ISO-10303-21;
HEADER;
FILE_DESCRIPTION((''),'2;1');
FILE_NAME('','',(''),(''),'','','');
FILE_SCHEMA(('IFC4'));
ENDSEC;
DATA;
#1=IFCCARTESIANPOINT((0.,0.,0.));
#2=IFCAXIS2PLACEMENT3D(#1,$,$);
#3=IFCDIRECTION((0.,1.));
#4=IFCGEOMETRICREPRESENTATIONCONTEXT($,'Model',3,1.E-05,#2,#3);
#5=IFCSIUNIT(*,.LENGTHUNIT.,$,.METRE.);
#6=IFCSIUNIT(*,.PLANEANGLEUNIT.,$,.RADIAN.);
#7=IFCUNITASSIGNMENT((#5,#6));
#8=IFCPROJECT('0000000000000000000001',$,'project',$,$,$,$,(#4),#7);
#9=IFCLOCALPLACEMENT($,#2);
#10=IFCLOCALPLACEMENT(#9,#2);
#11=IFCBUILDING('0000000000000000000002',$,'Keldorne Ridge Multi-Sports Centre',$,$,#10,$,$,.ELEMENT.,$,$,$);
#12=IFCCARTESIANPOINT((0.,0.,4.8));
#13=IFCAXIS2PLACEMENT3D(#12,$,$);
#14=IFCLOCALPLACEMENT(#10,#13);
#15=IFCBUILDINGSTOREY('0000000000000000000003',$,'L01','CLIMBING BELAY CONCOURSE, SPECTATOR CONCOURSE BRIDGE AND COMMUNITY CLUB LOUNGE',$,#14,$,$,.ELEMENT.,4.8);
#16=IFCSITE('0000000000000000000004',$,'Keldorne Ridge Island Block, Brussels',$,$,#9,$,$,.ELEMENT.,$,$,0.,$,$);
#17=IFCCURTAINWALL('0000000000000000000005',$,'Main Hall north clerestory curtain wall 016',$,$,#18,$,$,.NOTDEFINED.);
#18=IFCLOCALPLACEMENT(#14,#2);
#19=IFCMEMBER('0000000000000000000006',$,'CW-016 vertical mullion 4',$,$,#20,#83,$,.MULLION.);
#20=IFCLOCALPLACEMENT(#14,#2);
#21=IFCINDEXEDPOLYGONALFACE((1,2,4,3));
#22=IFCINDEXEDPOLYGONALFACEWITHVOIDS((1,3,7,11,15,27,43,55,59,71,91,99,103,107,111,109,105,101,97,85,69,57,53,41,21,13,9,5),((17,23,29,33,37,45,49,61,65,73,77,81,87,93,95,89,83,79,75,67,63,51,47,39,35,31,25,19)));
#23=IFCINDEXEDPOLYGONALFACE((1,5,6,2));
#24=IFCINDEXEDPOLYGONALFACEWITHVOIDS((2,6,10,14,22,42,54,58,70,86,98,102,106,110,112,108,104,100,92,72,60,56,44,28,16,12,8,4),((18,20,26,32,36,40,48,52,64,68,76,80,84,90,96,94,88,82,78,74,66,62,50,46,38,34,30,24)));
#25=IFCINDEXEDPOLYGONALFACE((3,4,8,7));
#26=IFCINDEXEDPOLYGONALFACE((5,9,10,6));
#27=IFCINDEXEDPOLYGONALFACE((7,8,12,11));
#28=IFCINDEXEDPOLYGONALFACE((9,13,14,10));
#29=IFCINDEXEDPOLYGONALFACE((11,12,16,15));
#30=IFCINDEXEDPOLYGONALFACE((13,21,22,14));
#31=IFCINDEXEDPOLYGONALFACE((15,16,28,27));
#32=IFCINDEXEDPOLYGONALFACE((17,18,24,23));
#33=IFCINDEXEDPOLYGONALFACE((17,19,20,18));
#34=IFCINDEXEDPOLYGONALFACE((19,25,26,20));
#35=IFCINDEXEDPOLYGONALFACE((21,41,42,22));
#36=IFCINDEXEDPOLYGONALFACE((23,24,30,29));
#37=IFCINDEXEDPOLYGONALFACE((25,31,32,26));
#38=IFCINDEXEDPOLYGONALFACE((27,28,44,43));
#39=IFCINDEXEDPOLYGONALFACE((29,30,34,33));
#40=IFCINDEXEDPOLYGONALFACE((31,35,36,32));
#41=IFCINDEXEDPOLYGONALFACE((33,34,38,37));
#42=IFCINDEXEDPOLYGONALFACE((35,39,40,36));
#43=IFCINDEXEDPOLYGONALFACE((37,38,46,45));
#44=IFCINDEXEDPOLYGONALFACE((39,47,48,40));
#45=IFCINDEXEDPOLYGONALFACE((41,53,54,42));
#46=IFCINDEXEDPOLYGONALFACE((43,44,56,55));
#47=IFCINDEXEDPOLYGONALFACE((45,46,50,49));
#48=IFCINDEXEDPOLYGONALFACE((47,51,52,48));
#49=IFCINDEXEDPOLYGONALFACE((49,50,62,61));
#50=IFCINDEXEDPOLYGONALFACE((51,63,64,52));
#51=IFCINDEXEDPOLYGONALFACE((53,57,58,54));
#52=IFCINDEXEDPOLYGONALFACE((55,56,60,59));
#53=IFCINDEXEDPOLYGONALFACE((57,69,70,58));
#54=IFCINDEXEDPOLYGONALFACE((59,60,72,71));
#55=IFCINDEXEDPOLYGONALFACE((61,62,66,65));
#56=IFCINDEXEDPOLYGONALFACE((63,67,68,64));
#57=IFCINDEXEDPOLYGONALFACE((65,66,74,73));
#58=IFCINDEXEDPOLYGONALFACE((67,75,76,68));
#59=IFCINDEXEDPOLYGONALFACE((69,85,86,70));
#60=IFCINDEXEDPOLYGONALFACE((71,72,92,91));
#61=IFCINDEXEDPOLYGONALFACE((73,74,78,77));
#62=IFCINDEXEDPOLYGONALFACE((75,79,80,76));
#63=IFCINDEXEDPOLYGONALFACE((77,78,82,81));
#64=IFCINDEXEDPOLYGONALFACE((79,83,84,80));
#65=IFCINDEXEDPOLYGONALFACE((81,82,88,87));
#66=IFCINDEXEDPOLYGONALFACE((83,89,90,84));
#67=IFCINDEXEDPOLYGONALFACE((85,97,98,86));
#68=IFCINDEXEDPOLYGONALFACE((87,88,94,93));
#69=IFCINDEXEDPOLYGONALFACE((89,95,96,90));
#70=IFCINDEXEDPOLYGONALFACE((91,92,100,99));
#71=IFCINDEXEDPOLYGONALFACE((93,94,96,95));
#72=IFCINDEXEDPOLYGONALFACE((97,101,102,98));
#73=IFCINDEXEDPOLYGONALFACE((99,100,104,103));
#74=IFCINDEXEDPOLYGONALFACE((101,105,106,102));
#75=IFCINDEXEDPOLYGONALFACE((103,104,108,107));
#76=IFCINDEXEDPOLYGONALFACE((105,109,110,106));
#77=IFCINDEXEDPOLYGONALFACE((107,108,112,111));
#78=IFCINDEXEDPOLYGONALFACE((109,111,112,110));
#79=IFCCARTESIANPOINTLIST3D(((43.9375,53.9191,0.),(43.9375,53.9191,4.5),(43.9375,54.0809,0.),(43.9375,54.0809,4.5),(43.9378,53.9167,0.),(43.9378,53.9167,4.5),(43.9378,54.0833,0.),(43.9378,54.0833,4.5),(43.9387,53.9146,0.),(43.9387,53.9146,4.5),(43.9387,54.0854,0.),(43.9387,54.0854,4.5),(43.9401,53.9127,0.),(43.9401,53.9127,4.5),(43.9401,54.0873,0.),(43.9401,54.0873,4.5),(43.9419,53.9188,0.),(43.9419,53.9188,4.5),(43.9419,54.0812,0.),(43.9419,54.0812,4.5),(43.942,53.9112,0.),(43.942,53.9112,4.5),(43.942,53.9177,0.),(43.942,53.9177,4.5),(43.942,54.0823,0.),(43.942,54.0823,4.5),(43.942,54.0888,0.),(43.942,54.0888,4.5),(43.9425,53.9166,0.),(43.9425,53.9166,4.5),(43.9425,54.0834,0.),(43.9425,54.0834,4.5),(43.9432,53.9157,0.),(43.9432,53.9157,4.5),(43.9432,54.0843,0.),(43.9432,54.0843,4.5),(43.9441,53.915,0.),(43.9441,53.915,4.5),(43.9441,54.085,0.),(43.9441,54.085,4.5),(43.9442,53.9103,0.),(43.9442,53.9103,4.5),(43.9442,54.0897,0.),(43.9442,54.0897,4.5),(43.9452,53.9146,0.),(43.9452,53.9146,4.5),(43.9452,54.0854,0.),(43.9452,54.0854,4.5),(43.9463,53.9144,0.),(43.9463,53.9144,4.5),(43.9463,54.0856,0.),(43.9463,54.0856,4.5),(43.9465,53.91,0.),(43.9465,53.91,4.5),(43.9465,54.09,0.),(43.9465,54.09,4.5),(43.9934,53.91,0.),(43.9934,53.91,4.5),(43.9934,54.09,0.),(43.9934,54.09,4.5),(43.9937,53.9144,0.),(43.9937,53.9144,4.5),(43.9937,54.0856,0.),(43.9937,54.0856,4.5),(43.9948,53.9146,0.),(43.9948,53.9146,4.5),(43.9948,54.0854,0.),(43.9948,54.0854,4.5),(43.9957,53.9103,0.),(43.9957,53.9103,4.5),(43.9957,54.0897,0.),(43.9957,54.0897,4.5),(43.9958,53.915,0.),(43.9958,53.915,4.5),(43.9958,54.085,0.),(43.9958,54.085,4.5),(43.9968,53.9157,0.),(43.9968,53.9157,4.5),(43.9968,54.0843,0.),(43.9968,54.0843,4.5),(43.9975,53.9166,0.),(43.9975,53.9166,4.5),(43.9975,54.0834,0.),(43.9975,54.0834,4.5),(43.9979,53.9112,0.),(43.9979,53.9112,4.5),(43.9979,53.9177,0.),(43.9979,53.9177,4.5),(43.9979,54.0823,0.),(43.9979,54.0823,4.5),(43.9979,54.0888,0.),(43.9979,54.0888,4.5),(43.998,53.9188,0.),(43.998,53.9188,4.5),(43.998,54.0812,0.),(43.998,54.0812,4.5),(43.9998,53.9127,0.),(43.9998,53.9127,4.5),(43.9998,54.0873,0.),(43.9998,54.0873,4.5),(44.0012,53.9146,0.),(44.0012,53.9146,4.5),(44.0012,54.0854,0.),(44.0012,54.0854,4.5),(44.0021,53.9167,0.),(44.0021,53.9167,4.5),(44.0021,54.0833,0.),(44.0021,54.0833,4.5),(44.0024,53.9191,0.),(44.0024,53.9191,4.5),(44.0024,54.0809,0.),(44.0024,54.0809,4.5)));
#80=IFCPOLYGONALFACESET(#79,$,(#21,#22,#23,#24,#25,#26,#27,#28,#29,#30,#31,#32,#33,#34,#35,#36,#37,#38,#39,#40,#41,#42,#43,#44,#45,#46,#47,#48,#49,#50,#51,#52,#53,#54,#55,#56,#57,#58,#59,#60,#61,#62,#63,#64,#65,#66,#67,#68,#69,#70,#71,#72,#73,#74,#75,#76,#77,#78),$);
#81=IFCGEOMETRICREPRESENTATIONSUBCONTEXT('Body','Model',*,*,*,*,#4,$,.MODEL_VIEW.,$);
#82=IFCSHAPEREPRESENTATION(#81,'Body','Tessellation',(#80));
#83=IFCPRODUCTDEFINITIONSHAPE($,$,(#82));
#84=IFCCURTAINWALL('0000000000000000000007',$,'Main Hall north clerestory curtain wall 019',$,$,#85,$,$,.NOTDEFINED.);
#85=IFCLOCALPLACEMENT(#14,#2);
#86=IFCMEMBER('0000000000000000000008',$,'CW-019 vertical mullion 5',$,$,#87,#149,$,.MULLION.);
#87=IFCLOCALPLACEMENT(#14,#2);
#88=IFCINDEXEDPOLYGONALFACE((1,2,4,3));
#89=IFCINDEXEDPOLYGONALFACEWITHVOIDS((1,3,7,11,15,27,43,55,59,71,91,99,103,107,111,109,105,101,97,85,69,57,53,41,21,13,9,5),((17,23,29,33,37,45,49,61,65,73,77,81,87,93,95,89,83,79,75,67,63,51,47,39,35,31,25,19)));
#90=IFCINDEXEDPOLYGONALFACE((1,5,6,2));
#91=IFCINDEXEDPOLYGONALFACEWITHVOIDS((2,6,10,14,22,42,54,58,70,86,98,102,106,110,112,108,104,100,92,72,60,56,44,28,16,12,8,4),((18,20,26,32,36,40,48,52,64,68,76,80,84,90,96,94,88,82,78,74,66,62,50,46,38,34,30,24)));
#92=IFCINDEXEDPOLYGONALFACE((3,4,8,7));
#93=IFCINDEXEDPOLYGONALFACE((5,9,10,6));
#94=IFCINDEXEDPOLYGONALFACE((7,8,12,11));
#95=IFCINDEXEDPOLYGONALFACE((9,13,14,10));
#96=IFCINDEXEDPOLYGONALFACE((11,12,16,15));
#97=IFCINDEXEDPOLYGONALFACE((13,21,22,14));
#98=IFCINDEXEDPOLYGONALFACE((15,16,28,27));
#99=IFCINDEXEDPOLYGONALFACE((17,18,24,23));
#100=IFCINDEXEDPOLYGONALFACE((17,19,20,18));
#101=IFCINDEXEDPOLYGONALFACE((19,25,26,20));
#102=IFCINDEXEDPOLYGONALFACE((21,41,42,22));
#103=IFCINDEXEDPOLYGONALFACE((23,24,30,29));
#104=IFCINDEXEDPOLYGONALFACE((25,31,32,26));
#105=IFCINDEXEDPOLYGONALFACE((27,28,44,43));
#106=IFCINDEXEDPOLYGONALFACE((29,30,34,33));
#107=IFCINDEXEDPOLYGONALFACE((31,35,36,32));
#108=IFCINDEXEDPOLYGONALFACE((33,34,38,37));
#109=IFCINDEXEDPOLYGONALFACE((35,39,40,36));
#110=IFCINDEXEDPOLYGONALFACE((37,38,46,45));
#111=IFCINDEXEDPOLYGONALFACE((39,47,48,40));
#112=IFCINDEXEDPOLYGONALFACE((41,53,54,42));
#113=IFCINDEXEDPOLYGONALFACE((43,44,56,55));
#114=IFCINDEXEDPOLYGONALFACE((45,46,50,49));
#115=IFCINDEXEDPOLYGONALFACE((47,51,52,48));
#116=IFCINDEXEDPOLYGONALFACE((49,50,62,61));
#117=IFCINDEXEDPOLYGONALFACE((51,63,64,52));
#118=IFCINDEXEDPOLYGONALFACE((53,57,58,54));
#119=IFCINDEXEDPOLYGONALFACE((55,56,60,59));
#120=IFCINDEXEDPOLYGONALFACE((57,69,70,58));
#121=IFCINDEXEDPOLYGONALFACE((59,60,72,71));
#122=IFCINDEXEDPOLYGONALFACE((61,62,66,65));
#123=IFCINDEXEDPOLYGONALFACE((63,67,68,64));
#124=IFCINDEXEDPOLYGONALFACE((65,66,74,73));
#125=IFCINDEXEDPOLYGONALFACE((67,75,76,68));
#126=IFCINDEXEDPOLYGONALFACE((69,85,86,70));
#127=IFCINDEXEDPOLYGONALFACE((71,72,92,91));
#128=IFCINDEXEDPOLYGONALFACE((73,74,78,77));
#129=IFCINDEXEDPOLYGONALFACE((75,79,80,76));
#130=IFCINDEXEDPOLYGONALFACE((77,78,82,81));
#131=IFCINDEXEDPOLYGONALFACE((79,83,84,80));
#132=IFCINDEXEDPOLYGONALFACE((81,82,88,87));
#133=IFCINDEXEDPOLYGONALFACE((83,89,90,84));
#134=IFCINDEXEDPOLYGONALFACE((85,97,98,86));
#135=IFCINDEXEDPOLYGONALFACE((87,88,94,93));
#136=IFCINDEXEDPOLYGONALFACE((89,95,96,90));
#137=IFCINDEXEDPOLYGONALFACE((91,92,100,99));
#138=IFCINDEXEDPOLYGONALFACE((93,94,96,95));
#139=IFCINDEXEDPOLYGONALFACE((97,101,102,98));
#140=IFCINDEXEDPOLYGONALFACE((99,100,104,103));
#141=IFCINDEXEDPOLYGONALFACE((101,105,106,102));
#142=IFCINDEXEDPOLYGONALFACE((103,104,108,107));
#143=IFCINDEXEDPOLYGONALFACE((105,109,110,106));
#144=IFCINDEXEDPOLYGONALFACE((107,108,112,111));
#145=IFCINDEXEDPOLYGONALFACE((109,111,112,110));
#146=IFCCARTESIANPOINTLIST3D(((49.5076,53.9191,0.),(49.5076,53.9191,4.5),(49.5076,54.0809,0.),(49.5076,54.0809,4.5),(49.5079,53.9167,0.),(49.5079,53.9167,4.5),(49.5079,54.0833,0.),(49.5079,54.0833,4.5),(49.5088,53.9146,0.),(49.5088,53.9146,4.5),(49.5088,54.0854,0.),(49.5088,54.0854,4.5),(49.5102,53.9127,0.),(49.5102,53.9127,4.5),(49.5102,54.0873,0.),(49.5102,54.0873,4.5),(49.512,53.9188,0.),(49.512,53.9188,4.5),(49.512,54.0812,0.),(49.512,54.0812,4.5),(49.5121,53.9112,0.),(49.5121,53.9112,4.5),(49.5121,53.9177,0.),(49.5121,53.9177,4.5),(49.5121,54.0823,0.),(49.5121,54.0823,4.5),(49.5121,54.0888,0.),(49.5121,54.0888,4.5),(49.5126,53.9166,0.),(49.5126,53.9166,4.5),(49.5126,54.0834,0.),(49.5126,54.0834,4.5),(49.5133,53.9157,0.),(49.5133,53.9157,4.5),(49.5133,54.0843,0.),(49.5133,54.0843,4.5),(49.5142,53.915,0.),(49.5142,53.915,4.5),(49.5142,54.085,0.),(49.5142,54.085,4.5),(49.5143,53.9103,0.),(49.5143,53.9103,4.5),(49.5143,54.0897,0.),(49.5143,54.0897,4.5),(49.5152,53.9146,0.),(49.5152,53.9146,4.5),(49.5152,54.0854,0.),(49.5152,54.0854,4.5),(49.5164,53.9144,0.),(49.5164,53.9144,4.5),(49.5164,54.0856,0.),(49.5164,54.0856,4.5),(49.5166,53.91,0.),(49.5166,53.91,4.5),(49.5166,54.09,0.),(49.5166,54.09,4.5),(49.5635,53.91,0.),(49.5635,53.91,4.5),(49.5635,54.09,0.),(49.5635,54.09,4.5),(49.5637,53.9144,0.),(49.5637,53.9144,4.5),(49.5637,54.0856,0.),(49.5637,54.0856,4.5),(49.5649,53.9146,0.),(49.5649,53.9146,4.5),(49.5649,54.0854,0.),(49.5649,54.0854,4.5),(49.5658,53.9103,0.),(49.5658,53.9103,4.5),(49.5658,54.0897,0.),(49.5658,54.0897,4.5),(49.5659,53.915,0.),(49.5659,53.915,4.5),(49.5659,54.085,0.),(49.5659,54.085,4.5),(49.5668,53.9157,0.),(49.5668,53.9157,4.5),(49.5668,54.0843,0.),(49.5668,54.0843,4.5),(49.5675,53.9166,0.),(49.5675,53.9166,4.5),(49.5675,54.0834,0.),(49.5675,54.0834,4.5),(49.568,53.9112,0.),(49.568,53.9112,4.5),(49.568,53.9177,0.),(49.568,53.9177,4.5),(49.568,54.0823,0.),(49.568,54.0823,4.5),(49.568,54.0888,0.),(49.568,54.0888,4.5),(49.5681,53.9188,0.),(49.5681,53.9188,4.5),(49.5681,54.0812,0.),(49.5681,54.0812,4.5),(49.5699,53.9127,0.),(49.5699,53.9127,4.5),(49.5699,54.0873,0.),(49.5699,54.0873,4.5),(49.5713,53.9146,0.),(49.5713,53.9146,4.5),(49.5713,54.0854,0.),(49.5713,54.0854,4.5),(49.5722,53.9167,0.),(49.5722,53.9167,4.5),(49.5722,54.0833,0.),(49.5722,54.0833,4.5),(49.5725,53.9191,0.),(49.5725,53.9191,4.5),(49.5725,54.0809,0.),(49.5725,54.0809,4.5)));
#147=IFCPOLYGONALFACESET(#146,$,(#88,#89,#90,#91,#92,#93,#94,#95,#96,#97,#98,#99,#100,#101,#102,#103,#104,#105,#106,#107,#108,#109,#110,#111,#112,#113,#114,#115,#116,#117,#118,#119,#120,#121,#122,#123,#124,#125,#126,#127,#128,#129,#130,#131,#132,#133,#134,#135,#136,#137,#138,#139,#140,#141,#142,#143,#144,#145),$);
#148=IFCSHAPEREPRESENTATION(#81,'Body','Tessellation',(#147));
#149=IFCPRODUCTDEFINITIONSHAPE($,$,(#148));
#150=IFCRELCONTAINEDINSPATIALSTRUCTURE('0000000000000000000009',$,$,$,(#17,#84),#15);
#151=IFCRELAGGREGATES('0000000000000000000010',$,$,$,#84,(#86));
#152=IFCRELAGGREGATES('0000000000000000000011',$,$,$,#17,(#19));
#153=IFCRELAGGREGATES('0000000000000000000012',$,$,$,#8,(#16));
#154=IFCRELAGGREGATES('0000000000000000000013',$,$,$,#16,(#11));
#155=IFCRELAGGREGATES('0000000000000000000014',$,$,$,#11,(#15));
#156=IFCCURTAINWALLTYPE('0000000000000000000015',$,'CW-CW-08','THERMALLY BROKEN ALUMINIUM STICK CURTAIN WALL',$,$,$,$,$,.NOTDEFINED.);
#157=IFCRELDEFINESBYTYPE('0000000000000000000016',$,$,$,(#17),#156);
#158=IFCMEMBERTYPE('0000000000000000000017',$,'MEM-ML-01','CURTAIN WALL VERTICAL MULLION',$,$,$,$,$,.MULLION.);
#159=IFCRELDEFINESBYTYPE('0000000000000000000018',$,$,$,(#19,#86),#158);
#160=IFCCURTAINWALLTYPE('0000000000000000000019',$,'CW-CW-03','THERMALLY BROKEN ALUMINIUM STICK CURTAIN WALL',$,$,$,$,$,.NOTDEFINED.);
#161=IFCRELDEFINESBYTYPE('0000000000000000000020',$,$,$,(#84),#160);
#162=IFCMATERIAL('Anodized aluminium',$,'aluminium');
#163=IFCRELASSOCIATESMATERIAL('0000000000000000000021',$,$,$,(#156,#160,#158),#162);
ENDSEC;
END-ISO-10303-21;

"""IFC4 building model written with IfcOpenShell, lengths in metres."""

from ifc_helpers import new_model, si_unit, direction, frame, origin, origin_2d, place, context, subcontext, project, spatial, hollow_rectangle, extrude, material, material_profile, profile_set, type_object, element, aggregate, save


model = new_model("IFC4")

# Units and contexts
model_context = context("Model", 3, precision=1e-05, world=origin(), true_north=direction((0.0, 1.0)))
body_context = subcontext(model_context, "Body", "Model", "MODEL_VIEW")
ifc_project = project(units=[si_unit("LENGTHUNIT", "METRE"), si_unit("PLANEANGLEUNIT", "RADIAN")], contexts=[model_context])

# Site, building, storey
site_placement = place(None, origin())
site = spatial("IfcSite", under=ifc_project, at=site_placement, Name="Keldorne Ridge Island Block, Brussels", CompositionType="ELEMENT", RefElevation=0.0)
building_placement = place(site_placement, origin())
building = spatial("IfcBuilding", under=site, at=building_placement, Name="Keldorne Ridge Multi-Sports Centre", CompositionType="ELEMENT")
storey_placement = place(building_placement, frame((0.0, 0.0, 4.8)))
storey = spatial("IfcBuildingStorey", under=building, at=storey_placement, Name="L01", Description="CLIMBING BELAY CONCOURSE, SPECTATOR CONCOURSE BRIDGE AND COMMUNITY CLUB LOUNGE", CompositionType="ELEMENT", Elevation=4.8)

# Curtain wall, member
ifc_material_1 = material(Name="Anodized aluminium", Category="aluminium")
curtain_wall_type_1 = type_object("IfcCurtainWallType", Name="CW-CW-08", Description="THERMALLY BROKEN ALUMINIUM STICK CURTAIN WALL", PredefinedType="NOTDEFINED", material=ifc_material_1)
curtain_wall_1_placement = place(storey_placement, origin())
curtain_wall_1 = element("IfcCurtainWall", 1, at=curtain_wall_1_placement, inside=storey, type_object=curtain_wall_type_1, Name="Main Hall north clerestory curtain wall 016", PredefinedType="NOTDEFINED")
ifc_material_profile_1 = material_profile(ifc_material_1, hollow_rectangle(XDim=0.0649, YDim=0.1799, WallThickness=0.0044, InnerFilletRadius=0.0044, OuterFilletRadius=0.009, at=origin_2d()), Name="ALU MULLION 180x65x4.5")
ifc_profile_set_1 = profile_set([ifc_material_profile_1], Name="Anodized aluminium")
member_type_1 = type_object("IfcMemberType", Name="MEM-ML-01", Description="CURTAIN WALL VERTICAL MULLION", PredefinedType="MULLION", material=ifc_profile_set_1)
member_1_placement = place(storey_placement, frame((43.97, 54.0, 0.0), z_axis=(0.0, 0.0, 1.0), x_axis=(1.0, 0.0, 0.0)))
member_1 = element("IfcMember", 2, at=member_1_placement, type_object=member_type_1, Name="CW-016 vertical mullion 4", PredefinedType="MULLION", context=body_context, shape_type="SweptSolid", body=[
    extrude(hollow_rectangle(XDim=0.0649, YDim=0.1799, WallThickness=0.0044, InnerFilletRadius=0.0044, OuterFilletRadius=0.009, at=origin_2d()), origin(), (0.0, 0.0, 1.0), 4.5),
])

# Curtain wall, member
curtain_wall_type_2 = type_object("IfcCurtainWallType", Name="CW-CW-03", Description="THERMALLY BROKEN ALUMINIUM STICK CURTAIN WALL", PredefinedType="NOTDEFINED", material=ifc_material_1)
curtain_wall_2_placement = place(storey_placement, origin())
curtain_wall_2 = element("IfcCurtainWall", 3, at=curtain_wall_2_placement, inside=storey, type_object=curtain_wall_type_2, Name="Main Hall north clerestory curtain wall 019", PredefinedType="NOTDEFINED")
member_2_placement = place(storey_placement, frame((49.54, 54.0, 0.0), z_axis=(0.0, 0.0, 1.0), x_axis=(1.0, 0.0, 0.0)))
member_2 = element("IfcMember", 4, at=member_2_placement, type_object=member_type_1, Name="CW-019 vertical mullion 5", PredefinedType="MULLION", context=body_context, shape_type="SweptSolid", body=[
    extrude(hollow_rectangle(XDim=0.0649, YDim=0.1799, WallThickness=0.0044, InnerFilletRadius=0.0044, OuterFilletRadius=0.009, at=origin_2d()), origin(), (0.0, 0.0, 1.0), 4.5),
])
aggregate(curtain_wall_2, [member_2])

aggregate(curtain_wall_1, [member_1])

save(model, "model.ifc")
